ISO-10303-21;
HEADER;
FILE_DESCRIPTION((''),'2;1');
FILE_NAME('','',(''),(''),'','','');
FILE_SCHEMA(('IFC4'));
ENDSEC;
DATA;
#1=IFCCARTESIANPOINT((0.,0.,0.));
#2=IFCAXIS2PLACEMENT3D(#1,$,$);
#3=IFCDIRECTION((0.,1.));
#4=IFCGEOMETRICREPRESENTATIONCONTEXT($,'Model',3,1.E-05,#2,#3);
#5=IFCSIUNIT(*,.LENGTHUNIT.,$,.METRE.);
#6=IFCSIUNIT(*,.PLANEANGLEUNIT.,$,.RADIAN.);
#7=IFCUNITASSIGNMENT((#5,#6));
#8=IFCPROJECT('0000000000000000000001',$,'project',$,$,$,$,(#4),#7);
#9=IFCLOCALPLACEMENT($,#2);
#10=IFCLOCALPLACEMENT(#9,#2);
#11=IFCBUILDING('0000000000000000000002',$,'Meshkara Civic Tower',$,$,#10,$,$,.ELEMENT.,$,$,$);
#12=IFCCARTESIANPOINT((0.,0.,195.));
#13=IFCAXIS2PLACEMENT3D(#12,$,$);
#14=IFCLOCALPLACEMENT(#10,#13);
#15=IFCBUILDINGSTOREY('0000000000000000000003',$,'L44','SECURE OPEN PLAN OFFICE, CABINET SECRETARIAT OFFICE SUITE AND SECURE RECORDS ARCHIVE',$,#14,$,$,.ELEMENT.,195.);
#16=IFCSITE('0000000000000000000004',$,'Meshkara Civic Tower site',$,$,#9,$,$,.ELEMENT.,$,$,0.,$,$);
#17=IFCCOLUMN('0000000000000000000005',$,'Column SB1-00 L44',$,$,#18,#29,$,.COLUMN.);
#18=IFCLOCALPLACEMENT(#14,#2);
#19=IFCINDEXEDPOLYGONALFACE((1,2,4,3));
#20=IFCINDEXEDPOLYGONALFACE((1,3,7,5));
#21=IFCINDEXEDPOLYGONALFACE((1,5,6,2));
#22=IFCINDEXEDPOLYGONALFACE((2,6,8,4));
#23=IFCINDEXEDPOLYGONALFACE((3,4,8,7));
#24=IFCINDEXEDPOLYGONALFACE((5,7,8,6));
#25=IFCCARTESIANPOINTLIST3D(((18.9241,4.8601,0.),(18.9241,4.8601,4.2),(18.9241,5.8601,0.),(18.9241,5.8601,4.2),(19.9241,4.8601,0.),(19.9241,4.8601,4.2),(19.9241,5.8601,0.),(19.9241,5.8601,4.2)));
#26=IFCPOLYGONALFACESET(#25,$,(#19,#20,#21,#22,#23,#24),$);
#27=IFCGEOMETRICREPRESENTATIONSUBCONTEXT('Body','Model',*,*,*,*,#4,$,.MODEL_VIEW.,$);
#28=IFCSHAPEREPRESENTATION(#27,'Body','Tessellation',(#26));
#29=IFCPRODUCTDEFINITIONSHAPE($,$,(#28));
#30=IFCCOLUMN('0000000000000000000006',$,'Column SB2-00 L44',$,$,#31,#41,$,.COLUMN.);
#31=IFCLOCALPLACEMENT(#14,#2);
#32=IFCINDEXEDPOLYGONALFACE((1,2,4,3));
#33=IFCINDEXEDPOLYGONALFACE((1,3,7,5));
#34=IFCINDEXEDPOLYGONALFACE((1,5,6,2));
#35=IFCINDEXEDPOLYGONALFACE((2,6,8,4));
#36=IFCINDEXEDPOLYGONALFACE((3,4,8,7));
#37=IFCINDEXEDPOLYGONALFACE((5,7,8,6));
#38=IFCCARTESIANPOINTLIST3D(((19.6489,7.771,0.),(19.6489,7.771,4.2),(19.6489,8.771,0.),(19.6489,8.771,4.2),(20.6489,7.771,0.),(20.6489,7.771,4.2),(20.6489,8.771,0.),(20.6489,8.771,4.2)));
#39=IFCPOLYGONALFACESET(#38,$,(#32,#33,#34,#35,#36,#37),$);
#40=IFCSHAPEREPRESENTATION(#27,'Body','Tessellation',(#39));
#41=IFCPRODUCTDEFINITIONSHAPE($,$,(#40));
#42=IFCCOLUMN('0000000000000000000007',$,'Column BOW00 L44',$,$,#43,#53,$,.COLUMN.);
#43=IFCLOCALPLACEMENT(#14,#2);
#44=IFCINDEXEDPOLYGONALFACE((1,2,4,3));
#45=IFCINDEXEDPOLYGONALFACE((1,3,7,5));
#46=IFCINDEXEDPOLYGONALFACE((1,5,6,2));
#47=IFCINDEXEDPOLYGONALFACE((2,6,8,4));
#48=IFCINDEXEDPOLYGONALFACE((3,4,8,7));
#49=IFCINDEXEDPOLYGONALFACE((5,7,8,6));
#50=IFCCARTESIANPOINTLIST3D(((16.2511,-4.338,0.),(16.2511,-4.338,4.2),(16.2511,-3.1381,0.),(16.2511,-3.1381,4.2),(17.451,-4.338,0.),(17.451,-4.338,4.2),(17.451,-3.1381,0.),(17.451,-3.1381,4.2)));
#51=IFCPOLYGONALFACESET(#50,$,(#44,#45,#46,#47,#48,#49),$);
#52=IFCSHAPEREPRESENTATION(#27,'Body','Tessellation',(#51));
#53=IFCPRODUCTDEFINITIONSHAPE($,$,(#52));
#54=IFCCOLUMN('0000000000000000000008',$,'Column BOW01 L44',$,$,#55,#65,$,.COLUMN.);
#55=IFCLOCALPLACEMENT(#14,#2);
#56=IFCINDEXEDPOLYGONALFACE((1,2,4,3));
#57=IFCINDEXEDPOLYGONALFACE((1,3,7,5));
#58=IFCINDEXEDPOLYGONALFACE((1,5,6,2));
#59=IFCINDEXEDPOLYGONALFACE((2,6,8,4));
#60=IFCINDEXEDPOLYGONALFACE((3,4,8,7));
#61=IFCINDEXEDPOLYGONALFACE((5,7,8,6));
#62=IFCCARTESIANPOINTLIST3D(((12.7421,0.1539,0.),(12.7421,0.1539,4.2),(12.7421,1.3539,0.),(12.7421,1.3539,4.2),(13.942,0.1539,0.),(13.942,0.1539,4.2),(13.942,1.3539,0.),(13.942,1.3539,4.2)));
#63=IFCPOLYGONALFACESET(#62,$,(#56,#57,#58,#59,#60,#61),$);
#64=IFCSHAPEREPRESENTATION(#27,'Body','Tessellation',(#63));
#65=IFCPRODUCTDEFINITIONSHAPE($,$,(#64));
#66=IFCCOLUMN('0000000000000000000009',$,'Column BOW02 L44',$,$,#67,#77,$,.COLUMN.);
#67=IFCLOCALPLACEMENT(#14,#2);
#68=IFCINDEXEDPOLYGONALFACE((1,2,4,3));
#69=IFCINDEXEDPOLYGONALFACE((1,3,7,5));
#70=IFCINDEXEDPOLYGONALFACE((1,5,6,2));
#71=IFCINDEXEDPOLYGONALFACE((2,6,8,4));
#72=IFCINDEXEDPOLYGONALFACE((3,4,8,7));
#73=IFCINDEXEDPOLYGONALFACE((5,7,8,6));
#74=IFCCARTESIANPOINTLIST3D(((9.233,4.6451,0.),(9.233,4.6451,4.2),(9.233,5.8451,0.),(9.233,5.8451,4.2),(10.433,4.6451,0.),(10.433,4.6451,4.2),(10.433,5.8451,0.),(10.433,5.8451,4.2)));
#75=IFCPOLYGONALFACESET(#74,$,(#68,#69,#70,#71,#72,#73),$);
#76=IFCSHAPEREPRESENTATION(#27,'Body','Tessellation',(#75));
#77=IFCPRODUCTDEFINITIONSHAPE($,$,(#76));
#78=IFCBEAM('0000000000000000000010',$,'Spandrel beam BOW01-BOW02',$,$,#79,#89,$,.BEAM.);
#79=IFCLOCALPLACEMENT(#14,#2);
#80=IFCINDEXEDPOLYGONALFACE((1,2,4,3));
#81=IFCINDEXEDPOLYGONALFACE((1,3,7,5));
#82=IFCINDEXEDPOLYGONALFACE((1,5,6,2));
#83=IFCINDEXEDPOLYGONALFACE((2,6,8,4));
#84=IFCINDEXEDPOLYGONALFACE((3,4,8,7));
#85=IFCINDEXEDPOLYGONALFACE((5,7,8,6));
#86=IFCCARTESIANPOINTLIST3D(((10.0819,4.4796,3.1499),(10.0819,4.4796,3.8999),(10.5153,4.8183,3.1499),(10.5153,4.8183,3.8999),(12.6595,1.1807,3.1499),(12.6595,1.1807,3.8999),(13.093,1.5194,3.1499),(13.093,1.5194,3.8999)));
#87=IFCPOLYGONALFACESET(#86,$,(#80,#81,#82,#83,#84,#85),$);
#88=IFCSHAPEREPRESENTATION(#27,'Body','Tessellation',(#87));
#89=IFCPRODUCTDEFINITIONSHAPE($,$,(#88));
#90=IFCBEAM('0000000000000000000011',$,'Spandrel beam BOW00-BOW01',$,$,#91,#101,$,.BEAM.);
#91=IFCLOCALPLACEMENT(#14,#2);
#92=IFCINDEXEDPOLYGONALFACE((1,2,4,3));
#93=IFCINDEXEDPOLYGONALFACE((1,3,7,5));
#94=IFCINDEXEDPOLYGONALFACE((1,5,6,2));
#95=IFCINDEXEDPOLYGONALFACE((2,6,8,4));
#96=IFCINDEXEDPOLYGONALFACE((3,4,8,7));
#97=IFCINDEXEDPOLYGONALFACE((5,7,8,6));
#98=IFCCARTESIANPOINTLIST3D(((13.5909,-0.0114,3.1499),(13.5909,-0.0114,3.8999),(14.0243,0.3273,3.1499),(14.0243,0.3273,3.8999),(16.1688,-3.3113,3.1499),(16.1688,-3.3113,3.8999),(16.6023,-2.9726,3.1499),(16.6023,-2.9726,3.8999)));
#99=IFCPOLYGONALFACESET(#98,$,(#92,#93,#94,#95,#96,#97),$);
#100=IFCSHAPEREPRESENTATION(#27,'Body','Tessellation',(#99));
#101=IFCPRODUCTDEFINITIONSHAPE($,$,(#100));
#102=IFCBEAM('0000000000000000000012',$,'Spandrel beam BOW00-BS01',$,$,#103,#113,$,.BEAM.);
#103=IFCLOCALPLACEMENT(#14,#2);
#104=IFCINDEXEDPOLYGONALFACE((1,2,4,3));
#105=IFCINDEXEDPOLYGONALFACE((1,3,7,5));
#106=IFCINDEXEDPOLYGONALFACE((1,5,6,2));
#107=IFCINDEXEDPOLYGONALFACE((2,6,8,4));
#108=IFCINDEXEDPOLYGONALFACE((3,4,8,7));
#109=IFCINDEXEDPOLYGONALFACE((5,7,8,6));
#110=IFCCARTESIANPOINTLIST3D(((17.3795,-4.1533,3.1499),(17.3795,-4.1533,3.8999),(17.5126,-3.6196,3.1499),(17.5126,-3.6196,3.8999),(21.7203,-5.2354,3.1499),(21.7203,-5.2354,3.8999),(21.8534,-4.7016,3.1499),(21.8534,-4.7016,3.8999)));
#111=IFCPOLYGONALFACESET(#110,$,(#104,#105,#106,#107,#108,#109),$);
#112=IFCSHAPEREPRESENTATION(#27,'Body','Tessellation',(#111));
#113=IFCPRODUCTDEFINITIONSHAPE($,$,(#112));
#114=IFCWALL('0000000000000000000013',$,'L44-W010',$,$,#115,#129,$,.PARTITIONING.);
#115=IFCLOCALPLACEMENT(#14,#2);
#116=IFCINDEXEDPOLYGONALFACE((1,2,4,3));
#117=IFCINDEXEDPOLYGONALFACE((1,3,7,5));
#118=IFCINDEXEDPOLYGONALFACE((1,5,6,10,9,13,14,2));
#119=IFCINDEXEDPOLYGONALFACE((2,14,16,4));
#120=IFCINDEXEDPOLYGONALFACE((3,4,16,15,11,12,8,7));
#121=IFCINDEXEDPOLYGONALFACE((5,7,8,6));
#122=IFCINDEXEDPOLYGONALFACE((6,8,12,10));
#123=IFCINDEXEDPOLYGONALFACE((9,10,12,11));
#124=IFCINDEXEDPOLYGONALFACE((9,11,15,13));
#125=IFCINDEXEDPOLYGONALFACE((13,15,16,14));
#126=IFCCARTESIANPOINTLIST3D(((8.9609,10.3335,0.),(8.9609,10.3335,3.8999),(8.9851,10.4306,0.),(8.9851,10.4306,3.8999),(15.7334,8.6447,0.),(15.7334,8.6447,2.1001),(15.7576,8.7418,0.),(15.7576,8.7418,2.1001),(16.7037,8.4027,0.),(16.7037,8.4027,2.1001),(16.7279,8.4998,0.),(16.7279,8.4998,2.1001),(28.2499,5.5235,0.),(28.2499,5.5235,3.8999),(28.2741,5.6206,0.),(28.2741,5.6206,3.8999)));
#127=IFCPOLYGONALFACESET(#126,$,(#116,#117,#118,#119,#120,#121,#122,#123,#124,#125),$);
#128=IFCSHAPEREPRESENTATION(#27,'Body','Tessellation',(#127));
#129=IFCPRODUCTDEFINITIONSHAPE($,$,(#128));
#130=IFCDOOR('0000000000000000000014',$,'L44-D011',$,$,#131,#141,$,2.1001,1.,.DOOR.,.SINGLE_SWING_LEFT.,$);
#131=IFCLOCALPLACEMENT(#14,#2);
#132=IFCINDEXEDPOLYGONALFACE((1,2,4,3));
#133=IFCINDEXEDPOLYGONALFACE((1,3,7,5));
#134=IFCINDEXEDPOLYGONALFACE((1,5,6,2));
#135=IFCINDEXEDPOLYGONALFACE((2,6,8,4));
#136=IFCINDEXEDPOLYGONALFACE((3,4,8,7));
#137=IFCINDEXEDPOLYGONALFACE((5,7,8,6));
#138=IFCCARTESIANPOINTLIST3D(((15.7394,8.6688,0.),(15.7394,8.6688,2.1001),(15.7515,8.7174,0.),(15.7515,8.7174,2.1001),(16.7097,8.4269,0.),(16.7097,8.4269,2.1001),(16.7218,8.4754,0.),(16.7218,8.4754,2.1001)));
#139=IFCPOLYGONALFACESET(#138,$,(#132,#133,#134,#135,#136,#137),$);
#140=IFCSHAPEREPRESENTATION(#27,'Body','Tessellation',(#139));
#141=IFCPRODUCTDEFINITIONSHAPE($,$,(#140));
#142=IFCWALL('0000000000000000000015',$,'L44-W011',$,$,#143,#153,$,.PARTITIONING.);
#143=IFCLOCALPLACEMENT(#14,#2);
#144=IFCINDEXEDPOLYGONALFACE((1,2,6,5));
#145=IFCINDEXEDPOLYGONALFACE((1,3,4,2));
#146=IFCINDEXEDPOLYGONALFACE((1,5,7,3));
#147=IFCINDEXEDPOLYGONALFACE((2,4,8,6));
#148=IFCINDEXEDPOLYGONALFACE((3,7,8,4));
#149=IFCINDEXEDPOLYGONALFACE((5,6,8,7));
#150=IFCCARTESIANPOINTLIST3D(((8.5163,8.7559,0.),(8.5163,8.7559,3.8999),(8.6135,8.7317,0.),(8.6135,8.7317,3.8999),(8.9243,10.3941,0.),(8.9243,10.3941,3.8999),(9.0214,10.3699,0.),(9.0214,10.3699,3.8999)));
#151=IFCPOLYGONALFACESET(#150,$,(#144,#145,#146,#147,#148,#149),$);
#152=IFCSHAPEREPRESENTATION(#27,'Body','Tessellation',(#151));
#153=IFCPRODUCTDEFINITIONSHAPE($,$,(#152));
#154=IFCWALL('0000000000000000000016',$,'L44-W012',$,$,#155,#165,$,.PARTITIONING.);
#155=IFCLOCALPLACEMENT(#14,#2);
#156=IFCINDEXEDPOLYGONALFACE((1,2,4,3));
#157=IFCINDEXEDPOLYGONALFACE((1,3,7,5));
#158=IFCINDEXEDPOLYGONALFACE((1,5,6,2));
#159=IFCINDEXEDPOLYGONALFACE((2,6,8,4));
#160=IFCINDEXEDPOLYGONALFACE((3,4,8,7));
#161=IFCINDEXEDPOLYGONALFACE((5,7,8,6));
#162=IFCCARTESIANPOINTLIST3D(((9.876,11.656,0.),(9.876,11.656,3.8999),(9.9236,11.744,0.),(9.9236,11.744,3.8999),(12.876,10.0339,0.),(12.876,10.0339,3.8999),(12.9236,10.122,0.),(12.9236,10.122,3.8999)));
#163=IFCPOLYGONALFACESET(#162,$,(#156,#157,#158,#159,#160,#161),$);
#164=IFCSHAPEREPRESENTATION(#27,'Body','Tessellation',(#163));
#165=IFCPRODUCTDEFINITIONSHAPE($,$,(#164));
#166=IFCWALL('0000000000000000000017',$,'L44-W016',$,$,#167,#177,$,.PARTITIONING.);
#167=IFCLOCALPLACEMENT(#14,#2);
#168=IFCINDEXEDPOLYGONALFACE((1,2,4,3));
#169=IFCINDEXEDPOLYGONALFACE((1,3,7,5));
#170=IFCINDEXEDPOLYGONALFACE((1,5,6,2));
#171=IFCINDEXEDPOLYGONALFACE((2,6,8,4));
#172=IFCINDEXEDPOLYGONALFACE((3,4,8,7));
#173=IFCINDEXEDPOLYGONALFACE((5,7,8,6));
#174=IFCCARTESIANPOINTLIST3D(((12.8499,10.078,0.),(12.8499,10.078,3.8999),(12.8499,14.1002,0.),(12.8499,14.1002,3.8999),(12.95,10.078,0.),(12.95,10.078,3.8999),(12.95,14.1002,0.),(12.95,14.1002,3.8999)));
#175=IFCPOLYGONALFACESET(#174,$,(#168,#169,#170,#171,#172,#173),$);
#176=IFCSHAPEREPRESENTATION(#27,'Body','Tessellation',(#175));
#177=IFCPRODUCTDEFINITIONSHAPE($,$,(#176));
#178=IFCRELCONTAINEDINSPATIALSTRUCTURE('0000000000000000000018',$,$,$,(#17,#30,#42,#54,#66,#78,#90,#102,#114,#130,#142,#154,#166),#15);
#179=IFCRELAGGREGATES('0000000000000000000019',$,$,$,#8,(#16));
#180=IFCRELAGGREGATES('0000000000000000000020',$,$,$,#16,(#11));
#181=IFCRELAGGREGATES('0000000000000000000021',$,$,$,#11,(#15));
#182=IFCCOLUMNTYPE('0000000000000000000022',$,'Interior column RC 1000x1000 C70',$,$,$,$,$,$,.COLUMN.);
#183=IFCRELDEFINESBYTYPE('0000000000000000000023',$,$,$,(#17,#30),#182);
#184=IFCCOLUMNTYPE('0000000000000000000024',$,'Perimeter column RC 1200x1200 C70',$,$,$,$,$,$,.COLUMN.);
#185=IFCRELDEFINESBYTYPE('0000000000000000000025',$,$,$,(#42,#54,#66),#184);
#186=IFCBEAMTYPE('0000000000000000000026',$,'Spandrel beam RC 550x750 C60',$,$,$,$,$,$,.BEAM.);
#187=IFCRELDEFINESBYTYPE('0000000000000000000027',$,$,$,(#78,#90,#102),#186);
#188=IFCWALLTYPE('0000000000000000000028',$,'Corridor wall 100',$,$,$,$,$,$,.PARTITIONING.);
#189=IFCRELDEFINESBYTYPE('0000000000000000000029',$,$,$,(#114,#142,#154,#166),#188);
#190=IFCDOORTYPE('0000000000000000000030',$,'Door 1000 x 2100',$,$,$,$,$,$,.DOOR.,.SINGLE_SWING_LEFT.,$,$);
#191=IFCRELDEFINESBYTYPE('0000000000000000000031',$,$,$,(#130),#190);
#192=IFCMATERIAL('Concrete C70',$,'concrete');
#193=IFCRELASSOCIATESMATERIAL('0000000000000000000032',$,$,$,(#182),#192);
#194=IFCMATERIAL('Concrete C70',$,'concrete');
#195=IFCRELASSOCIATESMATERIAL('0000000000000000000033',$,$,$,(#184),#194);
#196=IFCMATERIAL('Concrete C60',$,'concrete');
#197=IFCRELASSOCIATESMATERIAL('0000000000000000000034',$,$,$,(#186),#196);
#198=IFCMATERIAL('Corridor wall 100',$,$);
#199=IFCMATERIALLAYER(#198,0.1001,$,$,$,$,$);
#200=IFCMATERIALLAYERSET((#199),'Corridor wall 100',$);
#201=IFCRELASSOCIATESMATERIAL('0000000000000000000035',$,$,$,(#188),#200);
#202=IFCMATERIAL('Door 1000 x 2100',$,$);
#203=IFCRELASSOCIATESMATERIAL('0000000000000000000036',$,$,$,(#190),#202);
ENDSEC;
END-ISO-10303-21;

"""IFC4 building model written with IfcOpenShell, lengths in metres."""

from ifc_helpers import new_model, si_unit, direction, frame, frame_2d, origin, origin_2d, place, context, subcontext, project, spatial, rectangle, extrude, material, layer, layer_set, material_profile, profile_set, type_object, element, fill, save


model = new_model("IFC4")

# Units and contexts
model_context = context("Model", 3, precision=1e-05, world=origin(), true_north=direction((0.0, 1.0)))
body_context = subcontext(model_context, "Body", "Model", "MODEL_VIEW")
ifc_project = project(units=[si_unit("LENGTHUNIT", "METRE"), si_unit("PLANEANGLEUNIT", "RADIAN")], contexts=[model_context])

# Site, building, storey
site_placement = place(None, origin())
site = spatial("IfcSite", under=ifc_project, at=site_placement, Name="Meshkara Civic Tower site", CompositionType="ELEMENT", RefElevation=0.0)
building_placement = place(site_placement, origin())
building = spatial("IfcBuilding", under=site, at=building_placement, Name="Meshkara Civic Tower", CompositionType="ELEMENT")
storey_placement = place(building_placement, frame((0.0, 0.0, 195.0)))
storey = spatial("IfcBuildingStorey", under=building, at=storey_placement, Name="L44", Description="SECURE OPEN PLAN OFFICE, CABINET SECRETARIAT OFFICE SUITE AND SECURE RECORDS ARCHIVE", CompositionType="ELEMENT", Elevation=195.0)

# Columns
ifc_material_1 = material(Name="Concrete C70", Category="concrete")
ifc_material_profile_1 = material_profile(ifc_material_1, rectangle(XDim=1.0, YDim=1.0, at=origin_2d()))
ifc_profile_set_1 = profile_set([ifc_material_profile_1], Name="Concrete C70")
column_type_1 = type_object("IfcColumnType", Name="Interior column RC 1000x1000 C70", PredefinedType="COLUMN", material=ifc_profile_set_1)
for number, where, z_axis, x_axis, name in (
    (1, (19.4241, 5.3601, 0.0), (0.0, 0.0, 1.0), (1.0, 0.0, 0.0), "Column SB1-00 L44"),
    (2, (20.1489, 8.271, 0.0), (0.0, 0.0, 1.0), (1.0, 0.0, 0.0), "Column SB2-00 L44"),
):
    element("IfcColumn", number, at=place(storey_placement, frame(where, z_axis=z_axis, x_axis=x_axis)), inside=storey, type_object=column_type_1, Name=name, PredefinedType="COLUMN", context=body_context, shape_type="SweptSolid", body=[
        extrude(rectangle(XDim=1.0, YDim=1.0, at=origin_2d()), origin(), (0.0, 0.0, 1.0), 4.2),
    ])
ifc_material_2 = material(Name="Concrete C70", Category="concrete")
ifc_material_profile_2 = material_profile(ifc_material_2, rectangle(XDim=1.2, YDim=1.2, at=origin_2d()))
ifc_profile_set_2 = profile_set([ifc_material_profile_2], Name="Concrete C70")
column_type_2 = type_object("IfcColumnType", Name="Perimeter column RC 1200x1200 C70", PredefinedType="COLUMN", material=ifc_profile_set_2)
for number, where, z_axis, x_axis, name in (
    (3, (16.8511, -3.738, 0.0), (0.0, 0.0, 1.0), (1.0, 0.0, 0.0), "Column BOW00 L44"),
    (4, (13.342, 0.7539, 0.0), (0.0, 0.0, 1.0), (1.0, 0.0, 0.0), "Column BOW01 L44"),
    (5, (9.833, 5.2451, 0.0), (0.0, 0.0, 1.0), (1.0, 0.0, 0.0), "Column BOW02 L44"),
):
    element("IfcColumn", number, at=place(storey_placement, frame(where, z_axis=z_axis, x_axis=x_axis)), inside=storey, type_object=column_type_2, Name=name, PredefinedType="COLUMN", context=body_context, shape_type="SweptSolid", body=[
        extrude(rectangle(XDim=1.2, YDim=1.2, at=origin_2d()), origin(), (0.0, 0.0, 1.0), 4.2),
    ])

# Beams
ifc_material_3 = material(Name="Concrete C60", Category="concrete")
ifc_material_profile_3 = material_profile(ifc_material_3, rectangle(XDim=0.55, YDim=0.75, at=origin_2d()))
ifc_profile_set_3 = profile_set([ifc_material_profile_3], Name="Concrete C60")
beam_type = type_object("IfcBeamType", Name="Spandrel beam RC 550x750 C60", PredefinedType="BEAM", material=ifc_profile_set_3)
beam_1_placement = place(storey_placement, frame((10.2986, 4.6489, 3.5249), z_axis=(0.615707, -0.787975, 0.0), x_axis=(0.787975, 0.615707, 0.0)))
element("IfcBeam", 6, at=beam_1_placement, inside=storey, type_object=beam_type, Name="Spandrel beam BOW01-BOW02", PredefinedType="BEAM", context=body_context, shape_type="SweptSolid", body=[
    extrude(rectangle(XDim=0.55, YDim=0.75, at=origin_2d()), origin(), (0.0, 0.0, 1.0), 4.1865),
])
beam_2_placement = place(storey_placement, frame((13.8076, 0.158, 3.5249), z_axis=(0.61563, -0.788035, 0.0), x_axis=(0.788035, 0.61563, 0.0)))
element("IfcBeam", 7, at=beam_2_placement, inside=storey, type_object=beam_type, Name="Spandrel beam BOW00-BOW01", PredefinedType="BEAM", context=body_context, shape_type="SweptSolid", body=[
    extrude(rectangle(XDim=0.55, YDim=0.75, at=origin_2d()), origin(), (0.0, 0.0, 1.0), 4.1875),
])
beam_3_placement = place(storey_placement, frame((17.446, -3.8865, 3.5249), z_axis=(0.970309, -0.241868, 0.0), x_axis=(0.241868, 0.970309, 0.0)))
element("IfcBeam", 8, at=beam_3_placement, inside=storey, type_object=beam_type, Name="Spandrel beam BOW00-BS01", PredefinedType="BEAM", context=body_context, shape_type="SweptSolid", body=[
    extrude(rectangle(XDim=0.55, YDim=0.75, at=origin_2d()), origin(), (0.0, 0.0, 1.0), 4.4736),
])

# Wall, opening, door
ifc_material_4 = material(Name="Corridor wall 100")
ifc_layer_1 = layer(ifc_material_4, 0.1001)
ifc_layer_set_1 = layer_set([ifc_layer_1], Name="Corridor wall 100")
wall_type_1 = type_object("IfcWallType", Name="Corridor wall 100", PredefinedType="PARTITIONING", material=ifc_layer_set_1)
wall_1_placement = place(storey_placement, frame((8.9729, 10.3821, 0.0), z_axis=(0.0, 0.0, 1.0), x_axis=(0.970287, -0.241958, 0.0)))
wall_1 = element("IfcWall", 9, at=wall_1_placement, inside=storey, type_object=wall_type_1, Name="L44-W010", PredefinedType="PARTITIONING", context=body_context, shape_type="SweptSolid", body=[
    extrude(rectangle(XDim=19.8796, YDim=0.1001, at=frame_2d((9.9399, 0.0))), origin(), (0.0, 0.0, 1.0), 3.8999),
])
opening_1_placement = place(wall_1_placement, frame((6.98, 0.0, 0.0)))
opening_1 = element("IfcOpeningElement", 10, at=opening_1_placement, cuts=wall_1, PredefinedType="OPENING", context=body_context, shape_type="SweptSolid", body=[
    extrude(rectangle(XDim=1.0, YDim=2.1001, at=frame_2d((0.5, 1.05))), frame((0.0, 0.0601, 0.0), z_axis=(0.0, -1.0, 0.0), x_axis=(1.0, 0.0, 0.0)), (0.0, 0.0, 1.0), 0.1201),
])
ifc_material_5 = material(Name="Door 1000 x 2100")
door_type = type_object("IfcDoorType", Name="Door 1000 x 2100", OperationType="SINGLE_SWING_LEFT", PredefinedType="DOOR", material=ifc_material_5)
door_placement = place(opening_1_placement, origin())
door = element("IfcDoor", 11, at=door_placement, inside=storey, type_object=door_type, Name="L44-D011", OperationType="SINGLE_SWING_LEFT", OverallHeight=2.1001, OverallWidth=1.0, PredefinedType="DOOR", context=body_context, shape_type="SweptSolid", body=[
    extrude(rectangle(XDim=1.0, YDim=2.1001, at=frame_2d((0.5, 1.05))), frame((0.0, 0.0249, 0.0), z_axis=(0.0, -1.0, 0.0), x_axis=(1.0, 0.0, 0.0)), (0.0, 0.0, 1.0), 0.05),
])
fill(opening_1, door)

# Walls
wall_2_placement = place(storey_placement, frame((8.9729, 10.3821, 0.0), z_axis=(0.0, 0.0, 1.0), x_axis=(-0.241651, -0.970363, 0.0)))
element("IfcWall", 12, at=wall_2_placement, inside=storey, type_object=wall_type_1, Name="L44-W011", PredefinedType="PARTITIONING", context=body_context, shape_type="SweptSolid", body=[
    extrude(rectangle(XDim=1.6882, YDim=0.1001, at=frame_2d((0.8442, 0.0))), origin(), (0.0, 0.0, 1.0), 3.8999),
])
wall_3_placement = place(storey_placement, frame((9.8999, 11.7, 0.0), z_axis=(0.0, 0.0, 1.0), x_axis=(0.879651, -0.475619, 0.0)))
element("IfcWall", 13, at=wall_3_placement, inside=storey, type_object=wall_type_1, Name="L44-W012", PredefinedType="PARTITIONING", context=body_context, shape_type="SweptSolid", body=[
    extrude(rectangle(XDim=3.4104, YDim=0.1001, at=frame_2d((1.7051, 0.0))), origin(), (0.0, 0.0, 1.0), 3.8999),
])
wall_4_placement = place(storey_placement, frame((12.8999, 10.0779, 0.0), z_axis=(0.0, 0.0, 1.0), x_axis=(0.0, 1.0, 0.0)))
element("IfcWall", 14, at=wall_4_placement, inside=storey, type_object=wall_type_1, Name="L44-W016", PredefinedType="PARTITIONING", context=body_context, shape_type="SweptSolid", body=[
    extrude(rectangle(XDim=4.0222, YDim=0.1001, at=frame_2d((2.0112, 0.0))), origin(), (0.0, 0.0, 1.0), 3.8999),
])

save(model, "model.ifc")
